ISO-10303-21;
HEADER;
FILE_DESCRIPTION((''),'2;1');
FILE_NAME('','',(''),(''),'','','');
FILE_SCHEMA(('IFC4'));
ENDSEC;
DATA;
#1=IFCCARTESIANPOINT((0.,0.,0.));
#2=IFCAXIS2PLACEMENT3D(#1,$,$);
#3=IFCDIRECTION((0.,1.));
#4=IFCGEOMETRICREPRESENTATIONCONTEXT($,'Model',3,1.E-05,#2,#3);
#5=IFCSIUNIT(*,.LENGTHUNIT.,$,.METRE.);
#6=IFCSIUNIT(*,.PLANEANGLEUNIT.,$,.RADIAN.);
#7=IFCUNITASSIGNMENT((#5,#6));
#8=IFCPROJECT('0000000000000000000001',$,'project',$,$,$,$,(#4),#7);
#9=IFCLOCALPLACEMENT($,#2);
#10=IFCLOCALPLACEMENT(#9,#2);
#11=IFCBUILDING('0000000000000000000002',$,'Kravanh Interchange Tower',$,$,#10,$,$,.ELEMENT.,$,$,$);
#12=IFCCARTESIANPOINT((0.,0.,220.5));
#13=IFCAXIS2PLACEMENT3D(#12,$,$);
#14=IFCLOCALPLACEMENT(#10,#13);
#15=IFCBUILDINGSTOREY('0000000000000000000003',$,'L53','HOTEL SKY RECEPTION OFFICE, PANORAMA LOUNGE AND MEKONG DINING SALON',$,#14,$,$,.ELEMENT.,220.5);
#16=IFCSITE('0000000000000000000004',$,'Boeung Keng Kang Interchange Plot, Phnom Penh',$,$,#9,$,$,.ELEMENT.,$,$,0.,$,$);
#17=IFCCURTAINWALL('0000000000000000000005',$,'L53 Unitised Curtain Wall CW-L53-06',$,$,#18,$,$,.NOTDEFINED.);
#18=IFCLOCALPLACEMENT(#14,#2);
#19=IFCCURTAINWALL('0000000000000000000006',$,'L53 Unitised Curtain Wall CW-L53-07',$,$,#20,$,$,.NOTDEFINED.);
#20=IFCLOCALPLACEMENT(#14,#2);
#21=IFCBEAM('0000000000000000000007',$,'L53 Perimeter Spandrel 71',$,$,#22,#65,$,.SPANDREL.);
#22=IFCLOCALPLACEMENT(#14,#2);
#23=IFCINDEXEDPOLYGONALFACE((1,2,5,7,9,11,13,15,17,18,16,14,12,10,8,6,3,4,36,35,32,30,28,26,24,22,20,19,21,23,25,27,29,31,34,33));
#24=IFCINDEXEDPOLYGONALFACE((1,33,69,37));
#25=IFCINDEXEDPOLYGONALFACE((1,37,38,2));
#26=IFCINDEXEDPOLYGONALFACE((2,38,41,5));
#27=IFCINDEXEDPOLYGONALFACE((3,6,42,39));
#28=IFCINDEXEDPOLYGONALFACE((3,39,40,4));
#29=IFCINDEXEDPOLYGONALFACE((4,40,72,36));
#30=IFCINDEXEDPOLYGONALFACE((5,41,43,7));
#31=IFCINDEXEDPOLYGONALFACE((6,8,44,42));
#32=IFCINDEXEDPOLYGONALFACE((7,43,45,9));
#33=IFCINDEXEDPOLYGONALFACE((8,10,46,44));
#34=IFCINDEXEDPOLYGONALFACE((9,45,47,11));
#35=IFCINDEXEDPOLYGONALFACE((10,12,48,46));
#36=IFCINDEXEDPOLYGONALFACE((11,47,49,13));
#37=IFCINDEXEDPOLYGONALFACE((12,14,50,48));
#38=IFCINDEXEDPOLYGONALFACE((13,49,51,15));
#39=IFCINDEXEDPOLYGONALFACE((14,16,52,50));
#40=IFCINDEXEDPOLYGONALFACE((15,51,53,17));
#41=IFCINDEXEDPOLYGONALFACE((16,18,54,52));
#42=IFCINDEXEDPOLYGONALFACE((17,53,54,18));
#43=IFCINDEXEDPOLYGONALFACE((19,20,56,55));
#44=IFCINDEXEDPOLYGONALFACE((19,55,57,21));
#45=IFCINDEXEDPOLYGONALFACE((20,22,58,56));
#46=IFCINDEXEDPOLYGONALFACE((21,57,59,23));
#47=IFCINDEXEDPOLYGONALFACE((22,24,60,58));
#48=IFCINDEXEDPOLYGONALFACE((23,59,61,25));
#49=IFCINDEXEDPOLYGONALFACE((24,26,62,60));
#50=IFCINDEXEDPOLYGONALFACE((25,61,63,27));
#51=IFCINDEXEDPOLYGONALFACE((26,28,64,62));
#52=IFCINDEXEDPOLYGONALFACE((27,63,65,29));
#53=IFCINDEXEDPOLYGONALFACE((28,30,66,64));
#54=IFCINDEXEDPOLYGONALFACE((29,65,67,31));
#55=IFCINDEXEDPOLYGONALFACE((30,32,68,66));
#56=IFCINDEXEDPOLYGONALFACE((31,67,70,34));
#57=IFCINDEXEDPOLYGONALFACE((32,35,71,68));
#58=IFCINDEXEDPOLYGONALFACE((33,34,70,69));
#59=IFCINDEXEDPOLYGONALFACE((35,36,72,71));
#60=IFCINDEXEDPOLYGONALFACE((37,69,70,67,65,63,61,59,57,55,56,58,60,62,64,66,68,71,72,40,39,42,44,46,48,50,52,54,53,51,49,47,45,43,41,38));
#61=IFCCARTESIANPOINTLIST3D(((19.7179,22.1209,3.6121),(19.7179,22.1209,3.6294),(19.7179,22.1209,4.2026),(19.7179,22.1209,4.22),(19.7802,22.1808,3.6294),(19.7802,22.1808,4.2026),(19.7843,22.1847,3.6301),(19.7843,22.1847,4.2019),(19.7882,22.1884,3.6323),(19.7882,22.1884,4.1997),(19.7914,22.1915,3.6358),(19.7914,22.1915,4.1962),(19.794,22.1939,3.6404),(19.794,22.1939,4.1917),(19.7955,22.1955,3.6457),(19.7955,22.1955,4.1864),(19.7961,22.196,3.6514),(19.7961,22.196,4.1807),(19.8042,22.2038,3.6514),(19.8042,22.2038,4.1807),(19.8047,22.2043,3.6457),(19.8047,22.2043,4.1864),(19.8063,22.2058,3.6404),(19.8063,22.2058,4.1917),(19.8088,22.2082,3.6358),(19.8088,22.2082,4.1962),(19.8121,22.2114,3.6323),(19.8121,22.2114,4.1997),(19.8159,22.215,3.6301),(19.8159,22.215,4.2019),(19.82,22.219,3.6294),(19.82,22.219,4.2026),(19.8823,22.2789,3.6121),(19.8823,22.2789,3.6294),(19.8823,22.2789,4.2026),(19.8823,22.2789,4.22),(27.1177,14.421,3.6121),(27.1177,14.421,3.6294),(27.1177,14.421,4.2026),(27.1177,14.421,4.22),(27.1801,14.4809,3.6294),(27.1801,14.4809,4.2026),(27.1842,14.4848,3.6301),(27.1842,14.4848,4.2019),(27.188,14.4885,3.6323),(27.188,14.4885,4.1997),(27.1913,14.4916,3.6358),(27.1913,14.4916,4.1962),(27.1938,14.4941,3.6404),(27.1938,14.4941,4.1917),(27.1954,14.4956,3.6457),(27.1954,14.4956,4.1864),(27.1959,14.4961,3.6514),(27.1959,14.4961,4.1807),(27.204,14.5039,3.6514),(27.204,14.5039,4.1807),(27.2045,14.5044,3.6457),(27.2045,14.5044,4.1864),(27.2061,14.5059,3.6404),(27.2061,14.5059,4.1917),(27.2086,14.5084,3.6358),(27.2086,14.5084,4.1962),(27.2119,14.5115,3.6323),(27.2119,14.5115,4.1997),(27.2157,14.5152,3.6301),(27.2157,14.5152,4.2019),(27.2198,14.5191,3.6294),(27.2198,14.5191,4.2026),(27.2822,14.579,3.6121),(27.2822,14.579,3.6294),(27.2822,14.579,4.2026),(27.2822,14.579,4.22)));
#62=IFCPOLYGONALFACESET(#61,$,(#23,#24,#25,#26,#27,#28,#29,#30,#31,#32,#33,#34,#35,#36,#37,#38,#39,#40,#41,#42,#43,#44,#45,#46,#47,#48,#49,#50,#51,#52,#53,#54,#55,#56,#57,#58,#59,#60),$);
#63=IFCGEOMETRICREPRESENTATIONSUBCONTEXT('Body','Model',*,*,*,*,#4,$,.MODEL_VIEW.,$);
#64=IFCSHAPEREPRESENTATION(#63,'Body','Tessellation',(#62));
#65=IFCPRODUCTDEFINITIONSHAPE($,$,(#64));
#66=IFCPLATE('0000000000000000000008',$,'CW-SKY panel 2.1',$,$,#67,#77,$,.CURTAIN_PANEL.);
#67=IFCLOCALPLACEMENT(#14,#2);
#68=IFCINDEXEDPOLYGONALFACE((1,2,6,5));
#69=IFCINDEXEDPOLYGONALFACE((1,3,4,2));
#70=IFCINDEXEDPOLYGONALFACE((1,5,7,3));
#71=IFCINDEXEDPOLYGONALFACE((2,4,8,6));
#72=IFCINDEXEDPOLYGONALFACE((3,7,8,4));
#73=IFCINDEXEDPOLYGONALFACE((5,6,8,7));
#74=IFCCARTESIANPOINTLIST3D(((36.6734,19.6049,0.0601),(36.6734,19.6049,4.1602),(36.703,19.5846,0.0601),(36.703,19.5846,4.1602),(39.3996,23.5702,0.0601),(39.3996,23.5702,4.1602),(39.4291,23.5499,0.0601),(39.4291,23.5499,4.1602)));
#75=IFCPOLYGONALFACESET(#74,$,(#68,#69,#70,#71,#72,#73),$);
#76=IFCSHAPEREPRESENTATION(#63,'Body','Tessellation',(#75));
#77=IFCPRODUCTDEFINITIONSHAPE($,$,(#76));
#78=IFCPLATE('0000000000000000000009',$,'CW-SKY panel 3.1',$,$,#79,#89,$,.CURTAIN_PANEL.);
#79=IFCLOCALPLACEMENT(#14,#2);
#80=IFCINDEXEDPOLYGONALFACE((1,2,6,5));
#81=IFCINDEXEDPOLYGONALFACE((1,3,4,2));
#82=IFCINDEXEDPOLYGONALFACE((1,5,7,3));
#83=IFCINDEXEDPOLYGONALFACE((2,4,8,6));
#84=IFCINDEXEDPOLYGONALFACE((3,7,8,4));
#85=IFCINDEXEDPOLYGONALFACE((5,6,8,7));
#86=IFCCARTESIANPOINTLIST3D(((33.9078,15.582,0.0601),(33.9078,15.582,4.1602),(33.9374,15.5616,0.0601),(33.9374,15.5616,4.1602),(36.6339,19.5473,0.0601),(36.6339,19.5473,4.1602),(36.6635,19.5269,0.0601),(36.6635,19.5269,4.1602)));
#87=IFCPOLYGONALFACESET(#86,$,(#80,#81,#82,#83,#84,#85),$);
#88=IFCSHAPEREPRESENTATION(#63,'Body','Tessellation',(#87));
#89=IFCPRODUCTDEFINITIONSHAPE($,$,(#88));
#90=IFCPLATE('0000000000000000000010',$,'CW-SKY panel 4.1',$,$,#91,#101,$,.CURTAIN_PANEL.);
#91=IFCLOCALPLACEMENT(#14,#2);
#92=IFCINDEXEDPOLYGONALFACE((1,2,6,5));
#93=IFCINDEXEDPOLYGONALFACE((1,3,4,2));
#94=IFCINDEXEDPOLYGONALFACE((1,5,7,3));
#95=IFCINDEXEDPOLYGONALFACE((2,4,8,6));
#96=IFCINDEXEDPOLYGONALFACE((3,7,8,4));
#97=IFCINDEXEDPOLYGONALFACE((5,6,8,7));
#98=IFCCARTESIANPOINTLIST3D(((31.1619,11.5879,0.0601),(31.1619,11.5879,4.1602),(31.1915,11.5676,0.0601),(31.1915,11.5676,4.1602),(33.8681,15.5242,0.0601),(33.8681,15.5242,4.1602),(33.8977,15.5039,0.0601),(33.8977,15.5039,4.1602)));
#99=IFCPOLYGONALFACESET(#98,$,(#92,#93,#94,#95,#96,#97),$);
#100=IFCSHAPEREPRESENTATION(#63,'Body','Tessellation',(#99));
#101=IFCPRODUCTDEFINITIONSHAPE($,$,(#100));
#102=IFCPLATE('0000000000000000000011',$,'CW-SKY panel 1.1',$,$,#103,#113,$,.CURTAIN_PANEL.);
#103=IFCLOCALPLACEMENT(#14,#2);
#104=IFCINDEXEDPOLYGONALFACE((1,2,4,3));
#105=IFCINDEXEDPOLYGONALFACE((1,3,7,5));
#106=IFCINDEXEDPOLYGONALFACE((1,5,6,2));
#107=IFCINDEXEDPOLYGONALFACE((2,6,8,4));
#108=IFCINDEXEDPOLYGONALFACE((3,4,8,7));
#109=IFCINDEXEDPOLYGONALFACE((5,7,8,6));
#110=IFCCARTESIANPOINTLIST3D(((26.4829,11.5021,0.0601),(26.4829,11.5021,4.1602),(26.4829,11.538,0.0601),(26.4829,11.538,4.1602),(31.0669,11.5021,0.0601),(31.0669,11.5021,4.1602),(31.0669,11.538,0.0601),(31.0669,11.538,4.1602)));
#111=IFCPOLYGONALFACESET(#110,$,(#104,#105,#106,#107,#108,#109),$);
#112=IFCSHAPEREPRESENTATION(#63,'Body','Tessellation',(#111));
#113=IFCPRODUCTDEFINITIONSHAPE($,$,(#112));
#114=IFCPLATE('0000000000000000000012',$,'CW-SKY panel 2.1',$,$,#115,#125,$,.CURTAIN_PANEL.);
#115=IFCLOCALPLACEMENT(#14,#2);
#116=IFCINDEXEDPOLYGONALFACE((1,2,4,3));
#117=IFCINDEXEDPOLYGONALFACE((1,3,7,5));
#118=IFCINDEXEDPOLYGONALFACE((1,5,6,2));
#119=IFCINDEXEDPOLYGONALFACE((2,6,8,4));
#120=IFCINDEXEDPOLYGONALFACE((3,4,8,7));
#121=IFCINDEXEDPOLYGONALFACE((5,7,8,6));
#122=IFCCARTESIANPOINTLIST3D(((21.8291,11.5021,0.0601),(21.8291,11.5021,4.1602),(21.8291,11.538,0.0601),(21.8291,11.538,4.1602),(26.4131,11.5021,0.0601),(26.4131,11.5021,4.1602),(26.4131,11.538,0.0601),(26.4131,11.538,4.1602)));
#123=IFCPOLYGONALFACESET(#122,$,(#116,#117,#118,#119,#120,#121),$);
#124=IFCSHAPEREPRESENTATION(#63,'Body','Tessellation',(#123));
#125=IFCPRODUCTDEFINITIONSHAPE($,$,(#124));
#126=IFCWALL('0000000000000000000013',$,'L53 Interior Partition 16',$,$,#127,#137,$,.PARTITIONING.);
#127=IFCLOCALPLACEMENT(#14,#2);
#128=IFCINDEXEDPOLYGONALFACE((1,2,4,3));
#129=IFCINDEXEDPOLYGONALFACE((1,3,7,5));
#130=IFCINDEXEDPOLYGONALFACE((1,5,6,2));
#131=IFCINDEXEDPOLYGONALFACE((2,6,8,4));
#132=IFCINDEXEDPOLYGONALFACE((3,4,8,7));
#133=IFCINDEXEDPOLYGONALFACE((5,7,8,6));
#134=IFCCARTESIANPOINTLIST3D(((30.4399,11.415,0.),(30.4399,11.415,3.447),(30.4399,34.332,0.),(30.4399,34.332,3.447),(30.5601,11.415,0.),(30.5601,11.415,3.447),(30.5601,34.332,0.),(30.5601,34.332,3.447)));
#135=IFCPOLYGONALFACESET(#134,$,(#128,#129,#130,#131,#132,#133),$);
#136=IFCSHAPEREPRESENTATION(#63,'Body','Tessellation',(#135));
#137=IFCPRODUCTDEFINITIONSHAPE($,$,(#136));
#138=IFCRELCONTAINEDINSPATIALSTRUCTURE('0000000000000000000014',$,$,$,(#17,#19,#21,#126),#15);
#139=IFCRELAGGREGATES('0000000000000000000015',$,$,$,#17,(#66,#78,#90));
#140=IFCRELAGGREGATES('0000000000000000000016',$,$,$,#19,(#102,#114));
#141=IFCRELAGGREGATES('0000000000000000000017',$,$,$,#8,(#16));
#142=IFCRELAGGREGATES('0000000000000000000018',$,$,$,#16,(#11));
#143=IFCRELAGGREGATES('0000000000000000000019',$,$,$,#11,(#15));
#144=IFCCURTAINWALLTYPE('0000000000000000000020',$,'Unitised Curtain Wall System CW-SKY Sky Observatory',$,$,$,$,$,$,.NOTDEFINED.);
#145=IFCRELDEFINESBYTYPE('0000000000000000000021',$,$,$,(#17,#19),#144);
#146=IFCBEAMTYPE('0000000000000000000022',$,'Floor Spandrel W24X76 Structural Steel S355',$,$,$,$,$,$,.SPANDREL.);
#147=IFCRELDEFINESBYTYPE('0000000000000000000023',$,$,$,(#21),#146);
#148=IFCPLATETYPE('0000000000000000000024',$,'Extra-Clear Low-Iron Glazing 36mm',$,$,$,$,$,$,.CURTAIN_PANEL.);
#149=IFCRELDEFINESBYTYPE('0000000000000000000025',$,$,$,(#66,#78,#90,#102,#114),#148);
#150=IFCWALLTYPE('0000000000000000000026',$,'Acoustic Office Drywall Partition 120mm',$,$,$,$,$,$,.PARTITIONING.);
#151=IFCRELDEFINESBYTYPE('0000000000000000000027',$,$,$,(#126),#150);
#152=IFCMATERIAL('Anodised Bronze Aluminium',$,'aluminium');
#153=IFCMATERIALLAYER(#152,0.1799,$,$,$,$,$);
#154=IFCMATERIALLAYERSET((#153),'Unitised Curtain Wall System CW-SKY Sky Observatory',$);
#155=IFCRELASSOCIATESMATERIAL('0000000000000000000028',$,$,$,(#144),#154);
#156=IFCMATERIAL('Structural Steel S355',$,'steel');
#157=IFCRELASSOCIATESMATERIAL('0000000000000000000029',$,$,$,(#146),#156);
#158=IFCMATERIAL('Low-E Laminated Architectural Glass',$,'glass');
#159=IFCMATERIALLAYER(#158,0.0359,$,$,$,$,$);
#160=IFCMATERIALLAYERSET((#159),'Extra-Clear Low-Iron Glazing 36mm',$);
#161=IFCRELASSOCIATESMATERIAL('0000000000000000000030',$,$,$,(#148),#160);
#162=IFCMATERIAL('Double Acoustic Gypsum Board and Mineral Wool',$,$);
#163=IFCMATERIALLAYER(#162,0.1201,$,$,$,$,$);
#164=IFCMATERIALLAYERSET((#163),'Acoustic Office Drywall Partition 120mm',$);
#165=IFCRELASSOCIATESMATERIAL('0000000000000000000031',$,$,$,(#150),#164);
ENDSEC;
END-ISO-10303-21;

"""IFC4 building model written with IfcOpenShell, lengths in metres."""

from ifc_helpers import new_model, si_unit, direction, frame, frame_2d, origin, origin_2d, place, context, subcontext, project, spatial, rectangle, i_section, extrude, material, layer, layer_set, material_profile, profile_set, type_object, element, aggregate, save


model = new_model("IFC4")

# Units and contexts
model_context = context("Model", 3, precision=1e-05, world=origin(), true_north=direction((0.0, 1.0)))
body_context = subcontext(model_context, "Body", "Model", "MODEL_VIEW")
ifc_project = project(units=[si_unit("LENGTHUNIT", "METRE"), si_unit("PLANEANGLEUNIT", "RADIAN")], contexts=[model_context])

# Site, building, storey
site_placement = place(None, origin())
site = spatial("IfcSite", under=ifc_project, at=site_placement, Name="Boeung Keng Kang Interchange Plot, Phnom Penh", CompositionType="ELEMENT", RefElevation=0.0)
building_placement = place(site_placement, origin())
building = spatial("IfcBuilding", under=site, at=building_placement, Name="Kravanh Interchange Tower", CompositionType="ELEMENT")
storey_placement = place(building_placement, frame((0.0, 0.0, 220.5)))
storey = spatial("IfcBuildingStorey", under=building, at=storey_placement, Name="L53", Description="HOTEL SKY RECEPTION OFFICE, PANORAMA LOUNGE AND MEKONG DINING SALON", CompositionType="ELEMENT", Elevation=220.5)

# Curtain walls
ifc_material_1 = material(Name="Anodised Bronze Aluminium", Category="aluminium")
ifc_layer_1 = layer(ifc_material_1, 0.1799)
ifc_layer_set_1 = layer_set([ifc_layer_1], Name="Unitised Curtain Wall System CW-SKY Sky Observatory")
curtain_wall_type = type_object("IfcCurtainWallType", Name="Unitised Curtain Wall System CW-SKY Sky Observatory", PredefinedType="NOTDEFINED", material=ifc_layer_set_1)
curtain_wall_1_placement = place(storey_placement, origin())
curtain_wall_1 = element("IfcCurtainWall", 1, at=curtain_wall_1_placement, inside=storey, type_object=curtain_wall_type, Name="L53 Unitised Curtain Wall CW-L53-06", PredefinedType="NOTDEFINED")
curtain_wall_2_placement = place(storey_placement, origin())
curtain_wall_2 = element("IfcCurtainWall", 2, at=curtain_wall_2_placement, inside=storey, type_object=curtain_wall_type, Name="L53 Unitised Curtain Wall CW-L53-07", PredefinedType="NOTDEFINED")

# Beam
ifc_material_2 = material(Name="Structural Steel S355", Category="steel")
ifc_material_profile_1 = material_profile(ifc_material_2, i_section(OverallWidth=0.228, OverallDepth=0.6079, WebThickness=0.0112, FlangeThickness=0.0173, FilletRadius=0.022, at=origin_2d()), Name="W24X76")
ifc_profile_set_1 = profile_set([ifc_material_profile_1], Name="Structural Steel S355")
beam_type_1 = type_object("IfcBeamType", Name="Floor Spandrel W24X76 Structural Steel S355", PredefinedType="SPANDREL", material=ifc_profile_set_1)
beam_1_placement = place(storey_placement, frame((27.2, 14.5, 3.916), z_axis=(-0.692919, 0.721015, 0.0), x_axis=(-0.721015, -0.692919, 0.0)))
element("IfcBeam", 3, at=beam_1_placement, inside=storey, type_object=beam_type_1, Name="L53 Perimeter Spandrel 71", PredefinedType="SPANDREL", context=body_context, shape_type="SweptSolid", body=[
    extrude(i_section(OverallWidth=0.228, OverallDepth=0.6079, WebThickness=0.0112, FlangeThickness=0.0173, FilletRadius=0.022, at=origin_2d()), origin(), (0.0, 0.0, 1.0), 10.6792),
])

# Plates
ifc_material_3 = material(Name="Low-E Laminated Architectural Glass", Category="glass")
ifc_layer_2 = layer(ifc_material_3, 0.0359)
ifc_layer_set_2 = layer_set([ifc_layer_2], Name="Extra-Clear Low-Iron Glazing 36mm")
plate_type = type_object("IfcPlateType", Name="Extra-Clear Low-Iron Glazing 36mm", PredefinedType="CURTAIN_PANEL", material=ifc_layer_set_2)
plate_1_placement = place(storey_placement, frame((38.0513, 21.5774, 0.0601), z_axis=(0.0, 0.0, 1.0), x_axis=(-0.566528, -0.824042, 0.0)))
plate_1 = element("IfcPlate", 4, at=plate_1_placement, type_object=plate_type, Name="CW-SKY panel 2.1", PredefinedType="CURTAIN_PANEL", context=body_context, shape_type="SweptSolid", body=[
    extrude(rectangle(XDim=4.812, YDim=0.0359, at=origin_2d()), origin(), (0.0, 0.0, 1.0), 4.1001),
])
plate_2_placement = place(storey_placement, frame((35.2856, 17.5544, 0.0601), z_axis=(0.0, 0.0, 1.0), x_axis=(-0.566528, -0.824042, 0.0)))
plate_2 = element("IfcPlate", 5, at=plate_2_placement, type_object=plate_type, Name="CW-SKY panel 3.1", PredefinedType="CURTAIN_PANEL", context=body_context, shape_type="SweptSolid", body=[
    extrude(rectangle(XDim=4.812, YDim=0.0359, at=origin_2d()), origin(), (0.0, 0.0, 1.0), 4.1001),
])
plate_3_placement = place(storey_placement, frame((32.5298, 13.5459, 0.0601), z_axis=(0.0, 0.0, 1.0), x_axis=(-0.566528, -0.824042, 0.0)))
plate_3 = element("IfcPlate", 6, at=plate_3_placement, type_object=plate_type, Name="CW-SKY panel 4.1", PredefinedType="CURTAIN_PANEL", context=body_context, shape_type="SweptSolid", body=[
    extrude(rectangle(XDim=4.7769, YDim=0.0359, at=origin_2d()), origin(), (0.0, 0.0, 1.0), 4.1001),
])
aggregate(curtain_wall_1, [plate_1, plate_2, plate_3])
plate_4_placement = place(storey_placement, frame((28.7749, 11.52, 0.0601), z_axis=(0.0, 0.0, 1.0), x_axis=(-1.0, 0.0, 0.0)))
plate_4 = element("IfcPlate", 7, at=plate_4_placement, type_object=plate_type, Name="CW-SKY panel 1.1", PredefinedType="CURTAIN_PANEL", context=body_context, shape_type="SweptSolid", body=[
    extrude(rectangle(XDim=4.584, YDim=0.0359, at=origin_2d()), origin(), (0.0, 0.0, 1.0), 4.1001),
])
plate_5_placement = place(storey_placement, frame((24.1211, 11.52, 0.0601), z_axis=(0.0, 0.0, 1.0), x_axis=(-1.0, 0.0, 0.0)))
plate_5 = element("IfcPlate", 8, at=plate_5_placement, type_object=plate_type, Name="CW-SKY panel 2.1", PredefinedType="CURTAIN_PANEL", context=body_context, shape_type="SweptSolid", body=[
    extrude(rectangle(XDim=4.584, YDim=0.0359, at=origin_2d()), origin(), (0.0, 0.0, 1.0), 4.1001),
])
aggregate(curtain_wall_2, [plate_4, plate_5])

# Wall
ifc_material_4 = material(Name="Double Acoustic Gypsum Board and Mineral Wool")
ifc_layer_3 = layer(ifc_material_4, 0.1201)
ifc_layer_set_3 = layer_set([ifc_layer_3], Name="Acoustic Office Drywall Partition 120mm")
wall_type = type_object("IfcWallType", Name="Acoustic Office Drywall Partition 120mm", PredefinedType="PARTITIONING", material=ifc_layer_set_3)
wall_placement = place(storey_placement, frame((30.5, 11.415, 0.0), z_axis=(0.0, 0.0, 1.0), x_axis=(0.0, 1.0, 0.0)))
element("IfcWall", 9, at=wall_placement, inside=storey, type_object=wall_type, Name="L53 Interior Partition 16", PredefinedType="PARTITIONING", context=body_context, shape_type="SweptSolid", body=[
    extrude(rectangle(XDim=22.917, YDim=0.1201, at=frame_2d((11.4585, 0.0))), origin(), (0.0, 0.0, 1.0), 3.447),
])

save(model, "model.ifc")
